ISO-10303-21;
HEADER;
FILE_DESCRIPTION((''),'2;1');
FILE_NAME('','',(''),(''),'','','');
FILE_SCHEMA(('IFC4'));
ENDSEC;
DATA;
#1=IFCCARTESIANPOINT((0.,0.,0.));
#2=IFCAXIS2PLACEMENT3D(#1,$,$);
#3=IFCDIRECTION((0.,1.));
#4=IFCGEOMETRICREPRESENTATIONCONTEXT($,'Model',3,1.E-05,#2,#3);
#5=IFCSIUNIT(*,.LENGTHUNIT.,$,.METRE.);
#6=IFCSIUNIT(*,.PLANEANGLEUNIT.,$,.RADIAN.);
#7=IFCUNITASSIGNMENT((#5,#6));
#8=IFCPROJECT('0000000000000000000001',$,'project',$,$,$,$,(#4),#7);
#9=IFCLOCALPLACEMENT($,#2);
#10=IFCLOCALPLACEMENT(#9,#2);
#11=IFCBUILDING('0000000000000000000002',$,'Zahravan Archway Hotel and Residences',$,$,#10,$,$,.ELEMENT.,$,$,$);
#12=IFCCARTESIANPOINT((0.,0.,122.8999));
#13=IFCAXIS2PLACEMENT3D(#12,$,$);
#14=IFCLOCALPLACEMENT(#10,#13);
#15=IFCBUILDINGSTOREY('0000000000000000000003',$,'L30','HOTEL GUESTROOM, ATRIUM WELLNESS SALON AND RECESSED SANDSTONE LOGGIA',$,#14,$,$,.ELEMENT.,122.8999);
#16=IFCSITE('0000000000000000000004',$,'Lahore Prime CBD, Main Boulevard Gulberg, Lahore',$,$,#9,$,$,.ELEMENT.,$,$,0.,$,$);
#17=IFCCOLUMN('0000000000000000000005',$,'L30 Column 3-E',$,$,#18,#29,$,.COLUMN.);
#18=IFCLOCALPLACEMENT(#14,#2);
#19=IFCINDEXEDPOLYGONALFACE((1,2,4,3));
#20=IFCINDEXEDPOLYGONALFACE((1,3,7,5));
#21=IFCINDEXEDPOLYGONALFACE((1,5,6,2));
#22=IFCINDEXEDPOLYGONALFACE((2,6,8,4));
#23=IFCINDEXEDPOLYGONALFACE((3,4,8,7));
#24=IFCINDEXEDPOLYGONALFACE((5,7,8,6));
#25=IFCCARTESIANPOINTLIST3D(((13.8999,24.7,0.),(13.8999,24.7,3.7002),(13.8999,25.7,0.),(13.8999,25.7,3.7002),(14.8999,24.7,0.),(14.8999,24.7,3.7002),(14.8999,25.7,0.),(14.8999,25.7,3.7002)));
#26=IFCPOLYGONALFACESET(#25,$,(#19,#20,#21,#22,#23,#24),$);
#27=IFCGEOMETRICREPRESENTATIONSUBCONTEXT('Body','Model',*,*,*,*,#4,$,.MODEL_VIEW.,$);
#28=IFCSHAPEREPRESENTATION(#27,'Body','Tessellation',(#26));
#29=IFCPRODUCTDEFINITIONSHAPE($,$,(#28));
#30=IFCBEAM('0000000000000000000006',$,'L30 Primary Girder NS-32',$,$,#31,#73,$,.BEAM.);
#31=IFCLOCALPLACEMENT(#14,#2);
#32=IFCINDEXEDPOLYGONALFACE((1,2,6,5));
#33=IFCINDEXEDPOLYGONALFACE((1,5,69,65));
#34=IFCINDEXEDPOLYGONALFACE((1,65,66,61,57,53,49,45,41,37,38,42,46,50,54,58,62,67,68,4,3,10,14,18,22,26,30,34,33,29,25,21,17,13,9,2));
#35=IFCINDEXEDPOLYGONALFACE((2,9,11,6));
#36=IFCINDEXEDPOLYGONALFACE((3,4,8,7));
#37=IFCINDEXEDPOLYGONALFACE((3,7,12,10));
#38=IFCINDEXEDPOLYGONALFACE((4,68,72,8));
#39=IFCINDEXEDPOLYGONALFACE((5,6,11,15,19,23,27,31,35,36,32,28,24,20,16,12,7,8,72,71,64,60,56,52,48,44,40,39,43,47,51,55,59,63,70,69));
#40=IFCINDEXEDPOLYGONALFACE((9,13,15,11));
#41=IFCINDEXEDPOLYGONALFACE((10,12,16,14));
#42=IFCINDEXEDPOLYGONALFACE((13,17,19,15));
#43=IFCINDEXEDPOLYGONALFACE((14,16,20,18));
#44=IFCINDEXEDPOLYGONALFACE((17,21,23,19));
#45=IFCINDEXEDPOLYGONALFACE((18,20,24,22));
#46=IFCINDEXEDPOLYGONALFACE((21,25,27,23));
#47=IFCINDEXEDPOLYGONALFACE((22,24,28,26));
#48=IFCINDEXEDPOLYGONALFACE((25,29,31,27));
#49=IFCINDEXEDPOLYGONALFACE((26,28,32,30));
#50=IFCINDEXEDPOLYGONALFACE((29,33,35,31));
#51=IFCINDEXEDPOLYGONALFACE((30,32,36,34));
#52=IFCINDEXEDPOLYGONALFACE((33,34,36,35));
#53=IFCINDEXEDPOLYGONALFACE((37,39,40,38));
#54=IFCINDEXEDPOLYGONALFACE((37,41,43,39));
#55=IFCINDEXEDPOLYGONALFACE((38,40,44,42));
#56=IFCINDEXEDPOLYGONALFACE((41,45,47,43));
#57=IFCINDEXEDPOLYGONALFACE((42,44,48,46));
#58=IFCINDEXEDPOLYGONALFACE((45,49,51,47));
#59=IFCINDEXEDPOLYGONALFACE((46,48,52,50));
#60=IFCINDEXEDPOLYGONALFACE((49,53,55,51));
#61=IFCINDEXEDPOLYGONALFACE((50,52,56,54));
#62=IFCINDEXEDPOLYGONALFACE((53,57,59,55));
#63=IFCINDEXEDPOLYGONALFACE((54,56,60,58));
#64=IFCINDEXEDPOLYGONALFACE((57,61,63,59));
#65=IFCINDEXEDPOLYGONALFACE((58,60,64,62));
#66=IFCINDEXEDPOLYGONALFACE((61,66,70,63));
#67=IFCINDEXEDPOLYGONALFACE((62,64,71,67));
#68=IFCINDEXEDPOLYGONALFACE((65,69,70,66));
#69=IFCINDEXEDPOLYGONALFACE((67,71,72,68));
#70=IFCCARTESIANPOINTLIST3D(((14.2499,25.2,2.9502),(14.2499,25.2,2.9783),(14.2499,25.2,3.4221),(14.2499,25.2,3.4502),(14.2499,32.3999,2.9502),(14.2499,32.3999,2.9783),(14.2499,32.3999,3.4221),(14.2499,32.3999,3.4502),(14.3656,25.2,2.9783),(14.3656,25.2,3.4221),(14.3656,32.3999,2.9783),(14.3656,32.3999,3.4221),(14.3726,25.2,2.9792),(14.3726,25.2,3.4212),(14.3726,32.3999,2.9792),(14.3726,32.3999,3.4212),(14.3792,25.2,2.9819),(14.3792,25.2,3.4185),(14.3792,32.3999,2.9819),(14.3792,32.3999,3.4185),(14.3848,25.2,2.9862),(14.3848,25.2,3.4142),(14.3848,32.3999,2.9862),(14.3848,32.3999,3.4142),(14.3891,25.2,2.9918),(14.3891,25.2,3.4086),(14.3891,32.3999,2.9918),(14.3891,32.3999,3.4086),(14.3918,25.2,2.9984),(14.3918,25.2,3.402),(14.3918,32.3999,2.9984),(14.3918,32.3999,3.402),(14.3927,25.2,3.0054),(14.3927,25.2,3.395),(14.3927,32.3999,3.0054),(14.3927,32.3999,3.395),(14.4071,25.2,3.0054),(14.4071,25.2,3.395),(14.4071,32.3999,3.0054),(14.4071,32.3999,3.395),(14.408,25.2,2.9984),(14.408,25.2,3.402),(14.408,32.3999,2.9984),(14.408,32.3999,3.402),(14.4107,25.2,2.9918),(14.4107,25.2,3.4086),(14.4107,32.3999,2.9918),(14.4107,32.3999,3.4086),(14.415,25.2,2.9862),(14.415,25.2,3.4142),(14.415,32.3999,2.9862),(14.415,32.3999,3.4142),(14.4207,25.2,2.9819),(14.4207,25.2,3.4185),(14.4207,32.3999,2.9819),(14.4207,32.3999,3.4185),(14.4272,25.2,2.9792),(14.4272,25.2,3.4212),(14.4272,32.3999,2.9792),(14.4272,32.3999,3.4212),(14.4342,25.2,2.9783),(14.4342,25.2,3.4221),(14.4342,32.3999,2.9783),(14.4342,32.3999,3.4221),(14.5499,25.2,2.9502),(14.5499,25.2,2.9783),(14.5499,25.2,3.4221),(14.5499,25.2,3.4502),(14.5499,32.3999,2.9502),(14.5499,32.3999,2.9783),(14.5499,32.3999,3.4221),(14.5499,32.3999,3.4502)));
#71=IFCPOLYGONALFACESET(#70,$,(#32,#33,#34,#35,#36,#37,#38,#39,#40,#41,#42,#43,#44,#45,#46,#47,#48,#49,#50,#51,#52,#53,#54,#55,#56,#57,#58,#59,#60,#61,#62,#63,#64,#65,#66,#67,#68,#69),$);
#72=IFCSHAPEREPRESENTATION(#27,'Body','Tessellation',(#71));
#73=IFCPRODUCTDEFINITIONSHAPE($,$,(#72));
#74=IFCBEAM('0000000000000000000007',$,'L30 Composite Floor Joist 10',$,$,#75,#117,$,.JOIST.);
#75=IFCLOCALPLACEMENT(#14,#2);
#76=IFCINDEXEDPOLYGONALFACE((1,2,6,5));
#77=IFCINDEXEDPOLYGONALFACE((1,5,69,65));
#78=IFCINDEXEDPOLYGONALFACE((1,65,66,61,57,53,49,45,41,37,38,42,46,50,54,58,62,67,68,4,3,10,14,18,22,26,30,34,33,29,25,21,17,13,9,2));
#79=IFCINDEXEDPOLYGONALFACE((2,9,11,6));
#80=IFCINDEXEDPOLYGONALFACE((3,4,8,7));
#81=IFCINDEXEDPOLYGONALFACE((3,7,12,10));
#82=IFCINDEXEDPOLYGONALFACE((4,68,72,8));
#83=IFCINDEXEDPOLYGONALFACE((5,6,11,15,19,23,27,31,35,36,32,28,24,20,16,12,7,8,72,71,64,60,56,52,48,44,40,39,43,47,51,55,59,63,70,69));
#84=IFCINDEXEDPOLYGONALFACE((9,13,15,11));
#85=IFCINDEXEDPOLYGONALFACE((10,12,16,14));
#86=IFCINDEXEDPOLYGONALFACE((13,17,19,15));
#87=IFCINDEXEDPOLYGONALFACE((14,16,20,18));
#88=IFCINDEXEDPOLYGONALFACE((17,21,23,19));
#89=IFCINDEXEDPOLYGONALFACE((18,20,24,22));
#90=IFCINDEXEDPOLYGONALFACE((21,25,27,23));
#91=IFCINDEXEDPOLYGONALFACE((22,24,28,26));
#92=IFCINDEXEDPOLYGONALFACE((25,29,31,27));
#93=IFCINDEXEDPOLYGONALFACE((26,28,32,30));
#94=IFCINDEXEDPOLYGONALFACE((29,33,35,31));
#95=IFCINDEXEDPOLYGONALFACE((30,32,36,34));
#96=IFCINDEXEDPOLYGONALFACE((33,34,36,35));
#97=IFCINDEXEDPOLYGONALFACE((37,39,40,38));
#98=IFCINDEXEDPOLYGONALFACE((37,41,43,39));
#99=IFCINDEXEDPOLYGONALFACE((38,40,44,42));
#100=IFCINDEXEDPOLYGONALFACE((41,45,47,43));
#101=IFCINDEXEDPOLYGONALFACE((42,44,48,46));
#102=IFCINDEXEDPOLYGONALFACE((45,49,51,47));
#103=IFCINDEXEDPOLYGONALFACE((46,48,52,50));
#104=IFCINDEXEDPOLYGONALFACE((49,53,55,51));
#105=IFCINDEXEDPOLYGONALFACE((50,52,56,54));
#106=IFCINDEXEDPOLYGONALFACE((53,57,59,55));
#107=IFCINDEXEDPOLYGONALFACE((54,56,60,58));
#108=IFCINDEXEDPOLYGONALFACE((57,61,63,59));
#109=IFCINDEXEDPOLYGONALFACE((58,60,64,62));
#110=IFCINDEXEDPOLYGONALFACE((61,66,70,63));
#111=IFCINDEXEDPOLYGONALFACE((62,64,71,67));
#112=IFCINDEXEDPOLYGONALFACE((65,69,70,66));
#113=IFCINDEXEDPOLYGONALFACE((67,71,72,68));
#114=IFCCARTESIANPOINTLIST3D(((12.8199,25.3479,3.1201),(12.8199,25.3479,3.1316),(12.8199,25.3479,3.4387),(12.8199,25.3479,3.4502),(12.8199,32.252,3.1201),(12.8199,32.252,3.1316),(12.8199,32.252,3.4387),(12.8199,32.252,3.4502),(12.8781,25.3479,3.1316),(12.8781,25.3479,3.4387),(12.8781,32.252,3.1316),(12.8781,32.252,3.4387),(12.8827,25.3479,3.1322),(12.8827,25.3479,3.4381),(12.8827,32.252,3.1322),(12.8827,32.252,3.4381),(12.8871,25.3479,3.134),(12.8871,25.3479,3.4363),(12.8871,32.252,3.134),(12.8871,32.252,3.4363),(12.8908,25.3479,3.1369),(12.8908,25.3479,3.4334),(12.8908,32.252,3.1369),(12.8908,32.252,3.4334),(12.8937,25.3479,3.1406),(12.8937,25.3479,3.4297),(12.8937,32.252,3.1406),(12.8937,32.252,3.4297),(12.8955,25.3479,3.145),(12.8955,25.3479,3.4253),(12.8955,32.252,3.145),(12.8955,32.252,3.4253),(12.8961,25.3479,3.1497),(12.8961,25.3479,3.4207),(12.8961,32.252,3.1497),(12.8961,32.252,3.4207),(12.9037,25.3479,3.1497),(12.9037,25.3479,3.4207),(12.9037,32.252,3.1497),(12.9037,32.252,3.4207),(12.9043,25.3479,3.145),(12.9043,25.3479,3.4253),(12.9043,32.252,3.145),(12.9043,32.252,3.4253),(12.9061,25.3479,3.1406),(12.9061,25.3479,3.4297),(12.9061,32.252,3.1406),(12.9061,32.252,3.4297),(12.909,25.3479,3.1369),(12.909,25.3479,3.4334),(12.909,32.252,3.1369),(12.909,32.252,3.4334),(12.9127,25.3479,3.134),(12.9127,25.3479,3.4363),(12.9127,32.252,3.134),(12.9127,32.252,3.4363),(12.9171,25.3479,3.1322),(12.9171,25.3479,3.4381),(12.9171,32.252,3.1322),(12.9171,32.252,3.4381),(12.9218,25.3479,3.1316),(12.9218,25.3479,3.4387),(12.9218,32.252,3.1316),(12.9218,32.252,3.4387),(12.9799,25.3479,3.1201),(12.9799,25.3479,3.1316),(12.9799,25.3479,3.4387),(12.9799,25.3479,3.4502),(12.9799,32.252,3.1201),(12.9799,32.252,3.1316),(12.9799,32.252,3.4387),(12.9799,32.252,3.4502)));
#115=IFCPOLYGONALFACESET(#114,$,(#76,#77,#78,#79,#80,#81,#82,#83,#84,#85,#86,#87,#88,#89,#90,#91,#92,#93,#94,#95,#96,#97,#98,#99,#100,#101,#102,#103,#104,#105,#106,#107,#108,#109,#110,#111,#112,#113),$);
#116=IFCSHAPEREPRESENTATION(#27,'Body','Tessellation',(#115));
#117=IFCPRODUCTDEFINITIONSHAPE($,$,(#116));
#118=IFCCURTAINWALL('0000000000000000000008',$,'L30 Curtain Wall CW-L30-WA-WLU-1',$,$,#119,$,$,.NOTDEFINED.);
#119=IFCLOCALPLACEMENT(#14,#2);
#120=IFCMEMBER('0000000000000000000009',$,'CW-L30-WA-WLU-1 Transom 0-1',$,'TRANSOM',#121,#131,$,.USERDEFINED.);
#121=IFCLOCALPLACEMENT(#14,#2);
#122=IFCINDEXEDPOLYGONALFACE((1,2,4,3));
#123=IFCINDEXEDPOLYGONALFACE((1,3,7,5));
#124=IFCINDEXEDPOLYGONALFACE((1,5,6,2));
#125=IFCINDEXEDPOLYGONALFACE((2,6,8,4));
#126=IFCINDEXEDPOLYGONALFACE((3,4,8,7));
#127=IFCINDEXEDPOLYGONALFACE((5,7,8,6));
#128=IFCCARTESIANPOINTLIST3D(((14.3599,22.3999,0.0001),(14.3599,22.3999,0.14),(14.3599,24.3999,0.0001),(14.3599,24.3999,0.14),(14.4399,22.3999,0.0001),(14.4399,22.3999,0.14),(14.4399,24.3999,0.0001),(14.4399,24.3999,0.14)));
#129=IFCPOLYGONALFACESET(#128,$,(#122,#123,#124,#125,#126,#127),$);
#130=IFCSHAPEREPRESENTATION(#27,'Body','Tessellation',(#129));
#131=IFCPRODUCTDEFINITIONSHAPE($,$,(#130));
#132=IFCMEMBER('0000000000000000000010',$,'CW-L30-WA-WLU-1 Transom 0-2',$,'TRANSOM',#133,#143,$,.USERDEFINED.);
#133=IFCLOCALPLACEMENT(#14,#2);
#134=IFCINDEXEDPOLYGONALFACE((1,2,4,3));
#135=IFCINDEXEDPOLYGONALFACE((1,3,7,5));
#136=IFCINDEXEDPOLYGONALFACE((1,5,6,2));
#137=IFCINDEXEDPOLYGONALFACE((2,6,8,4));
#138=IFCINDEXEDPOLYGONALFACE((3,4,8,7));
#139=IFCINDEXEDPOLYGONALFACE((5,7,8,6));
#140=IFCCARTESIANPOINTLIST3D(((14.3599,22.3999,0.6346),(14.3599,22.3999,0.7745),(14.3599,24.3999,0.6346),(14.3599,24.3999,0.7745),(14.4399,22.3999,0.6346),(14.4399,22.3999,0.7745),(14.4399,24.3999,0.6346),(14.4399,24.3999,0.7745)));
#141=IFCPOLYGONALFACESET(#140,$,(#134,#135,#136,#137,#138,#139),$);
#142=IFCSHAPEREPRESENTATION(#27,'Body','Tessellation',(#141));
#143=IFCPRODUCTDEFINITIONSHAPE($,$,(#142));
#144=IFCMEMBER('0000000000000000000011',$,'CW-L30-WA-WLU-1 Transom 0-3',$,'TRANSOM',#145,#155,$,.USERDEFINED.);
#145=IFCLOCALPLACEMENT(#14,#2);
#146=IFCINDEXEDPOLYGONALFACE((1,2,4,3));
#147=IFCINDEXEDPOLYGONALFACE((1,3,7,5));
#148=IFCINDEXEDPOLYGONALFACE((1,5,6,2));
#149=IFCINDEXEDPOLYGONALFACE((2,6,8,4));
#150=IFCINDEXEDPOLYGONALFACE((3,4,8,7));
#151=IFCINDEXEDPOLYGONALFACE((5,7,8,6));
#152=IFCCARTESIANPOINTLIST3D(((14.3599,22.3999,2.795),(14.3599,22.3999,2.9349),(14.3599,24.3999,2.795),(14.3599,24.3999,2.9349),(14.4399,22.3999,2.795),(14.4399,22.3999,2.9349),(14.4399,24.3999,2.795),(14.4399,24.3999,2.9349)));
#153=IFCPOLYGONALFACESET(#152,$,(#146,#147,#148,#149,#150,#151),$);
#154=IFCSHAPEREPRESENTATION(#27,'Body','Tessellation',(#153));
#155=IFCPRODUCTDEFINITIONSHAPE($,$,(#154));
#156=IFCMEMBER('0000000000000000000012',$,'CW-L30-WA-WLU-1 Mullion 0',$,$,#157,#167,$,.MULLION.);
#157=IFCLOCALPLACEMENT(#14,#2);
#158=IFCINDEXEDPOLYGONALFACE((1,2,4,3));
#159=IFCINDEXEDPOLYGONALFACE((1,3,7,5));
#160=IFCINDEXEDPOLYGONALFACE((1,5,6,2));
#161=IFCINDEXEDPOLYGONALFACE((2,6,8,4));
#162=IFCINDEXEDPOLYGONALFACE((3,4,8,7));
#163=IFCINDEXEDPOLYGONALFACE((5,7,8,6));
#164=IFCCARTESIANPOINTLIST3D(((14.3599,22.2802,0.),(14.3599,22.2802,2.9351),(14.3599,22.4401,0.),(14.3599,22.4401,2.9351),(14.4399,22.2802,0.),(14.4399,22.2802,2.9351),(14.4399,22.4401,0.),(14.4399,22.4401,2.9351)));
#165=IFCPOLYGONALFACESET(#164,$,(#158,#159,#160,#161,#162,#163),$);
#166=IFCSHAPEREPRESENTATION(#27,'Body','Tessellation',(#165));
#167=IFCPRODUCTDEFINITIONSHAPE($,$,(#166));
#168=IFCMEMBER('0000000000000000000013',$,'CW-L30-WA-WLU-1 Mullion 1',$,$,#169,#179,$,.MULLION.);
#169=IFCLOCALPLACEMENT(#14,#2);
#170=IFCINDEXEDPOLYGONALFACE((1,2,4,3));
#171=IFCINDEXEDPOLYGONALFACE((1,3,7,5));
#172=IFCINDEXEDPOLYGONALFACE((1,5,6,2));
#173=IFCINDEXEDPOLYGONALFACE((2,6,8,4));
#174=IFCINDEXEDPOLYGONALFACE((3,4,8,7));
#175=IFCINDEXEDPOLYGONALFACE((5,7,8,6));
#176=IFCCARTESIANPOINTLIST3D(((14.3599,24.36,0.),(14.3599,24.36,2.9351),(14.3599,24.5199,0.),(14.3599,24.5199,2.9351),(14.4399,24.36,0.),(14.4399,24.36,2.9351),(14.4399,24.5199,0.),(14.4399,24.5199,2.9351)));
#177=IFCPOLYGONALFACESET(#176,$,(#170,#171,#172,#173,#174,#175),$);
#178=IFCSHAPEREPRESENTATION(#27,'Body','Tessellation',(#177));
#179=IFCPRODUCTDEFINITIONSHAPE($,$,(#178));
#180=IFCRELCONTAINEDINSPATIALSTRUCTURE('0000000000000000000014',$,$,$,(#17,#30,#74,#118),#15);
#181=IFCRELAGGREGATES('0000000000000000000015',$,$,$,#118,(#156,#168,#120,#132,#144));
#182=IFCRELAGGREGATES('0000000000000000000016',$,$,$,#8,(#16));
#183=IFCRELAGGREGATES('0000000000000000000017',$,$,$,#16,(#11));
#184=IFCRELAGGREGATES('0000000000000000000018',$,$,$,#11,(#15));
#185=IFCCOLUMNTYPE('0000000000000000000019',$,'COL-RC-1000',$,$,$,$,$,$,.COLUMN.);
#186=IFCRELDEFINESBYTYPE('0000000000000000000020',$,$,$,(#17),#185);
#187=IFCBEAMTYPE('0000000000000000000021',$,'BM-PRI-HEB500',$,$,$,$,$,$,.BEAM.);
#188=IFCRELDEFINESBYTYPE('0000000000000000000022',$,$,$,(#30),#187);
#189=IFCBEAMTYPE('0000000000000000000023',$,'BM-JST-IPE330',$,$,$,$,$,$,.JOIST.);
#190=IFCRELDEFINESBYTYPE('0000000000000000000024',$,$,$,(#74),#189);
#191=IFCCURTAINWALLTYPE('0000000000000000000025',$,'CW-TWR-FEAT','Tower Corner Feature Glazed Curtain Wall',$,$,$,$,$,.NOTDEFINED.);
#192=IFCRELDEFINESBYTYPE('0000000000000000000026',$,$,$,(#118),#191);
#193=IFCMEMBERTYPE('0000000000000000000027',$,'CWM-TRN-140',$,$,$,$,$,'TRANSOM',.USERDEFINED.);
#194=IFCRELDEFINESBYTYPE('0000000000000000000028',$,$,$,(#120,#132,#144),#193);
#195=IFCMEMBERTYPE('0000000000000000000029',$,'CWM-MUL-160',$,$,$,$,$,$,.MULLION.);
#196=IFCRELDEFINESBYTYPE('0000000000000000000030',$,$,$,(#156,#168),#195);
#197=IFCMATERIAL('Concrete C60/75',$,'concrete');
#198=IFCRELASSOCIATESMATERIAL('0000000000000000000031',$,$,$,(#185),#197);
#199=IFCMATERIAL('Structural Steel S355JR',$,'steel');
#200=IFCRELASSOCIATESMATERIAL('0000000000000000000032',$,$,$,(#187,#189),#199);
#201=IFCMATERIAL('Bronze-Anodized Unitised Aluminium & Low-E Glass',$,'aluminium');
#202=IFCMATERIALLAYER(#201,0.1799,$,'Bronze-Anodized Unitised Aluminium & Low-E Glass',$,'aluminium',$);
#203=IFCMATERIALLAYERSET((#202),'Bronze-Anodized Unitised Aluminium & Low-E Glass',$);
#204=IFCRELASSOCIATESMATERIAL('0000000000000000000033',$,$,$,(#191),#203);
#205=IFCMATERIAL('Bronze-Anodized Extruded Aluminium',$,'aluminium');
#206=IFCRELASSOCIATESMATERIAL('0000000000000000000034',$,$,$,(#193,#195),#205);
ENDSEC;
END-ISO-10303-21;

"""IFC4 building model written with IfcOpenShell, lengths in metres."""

from ifc_helpers import new_model, si_unit, direction, frame, origin, origin_2d, place, context, subcontext, project, spatial, rectangle, i_section, extrude, source, transform, mapped, material, layer, layer_set, material_profile, profile_set, type_object, type_shapes, element, aggregate, save


model = new_model("IFC4")

# Units and contexts
model_context = context("Model", 3, precision=1e-05, world=origin(), true_north=direction((0.0, 1.0)))
body_context = subcontext(model_context, "Body", "Model", "MODEL_VIEW")
ifc_project = project(units=[si_unit("LENGTHUNIT", "METRE"), si_unit("PLANEANGLEUNIT", "RADIAN")], contexts=[model_context])

# Site, building, storey
site_placement = place(None, origin())
site = spatial("IfcSite", under=ifc_project, at=site_placement, Name="Lahore Prime CBD, Main Boulevard Gulberg, Lahore", CompositionType="ELEMENT", RefElevation=0.0)
building_placement = place(site_placement, origin())
building = spatial("IfcBuilding", under=site, at=building_placement, Name="Zahravan Archway Hotel and Residences", CompositionType="ELEMENT")
storey_placement = place(building_placement, frame((0.0, 0.0, 122.8999)))
storey = spatial("IfcBuildingStorey", under=building, at=storey_placement, Name="L30", Description="HOTEL GUESTROOM, ATRIUM WELLNESS SALON AND RECESSED SANDSTONE LOGGIA", CompositionType="ELEMENT", Elevation=122.8999)

# Column
ifc_material_1 = material(Name="Concrete C60/75", Category="concrete")
ifc_material_profile_1 = material_profile(ifc_material_1, rectangle(XDim=1.0, YDim=1.0, at=origin_2d()), Name="RC-COL-1000x1000", Category="concrete")
ifc_profile_set_1 = profile_set([ifc_material_profile_1], Name="Concrete C60/75")
column_type = type_object("IfcColumnType", Name="COL-RC-1000", PredefinedType="COLUMN", material=ifc_profile_set_1)
shared_shape_1 = source(origin(), body_context, "Body", "SweptSolid", [
    extrude(rectangle(XDim=1.0, YDim=1.0, at=origin_2d()), origin(), (0.0, 0.0, 1.0), 3.7002),
])
column_placement = place(storey_placement, frame((14.3999, 25.2, 0.0), z_axis=(0.0, 0.0, 1.0), x_axis=(1.0, 0.0, 0.0)))
element("IfcColumn", 1, at=column_placement, inside=storey, type_object=column_type, Name="L30 Column 3-E", PredefinedType="COLUMN", context=body_context, shape_type="MappedRepresentation", body=[
    mapped(shared_shape_1, transform((0.0, 0.0, 0.0), scale=1.0)),
])

# Beams
ifc_material_2 = material(Name="Structural Steel S355JR", Category="steel")
ifc_material_profile_2 = material_profile(ifc_material_2, i_section(OverallWidth=0.3, OverallDepth=0.5, WebThickness=0.0144, FlangeThickness=0.0281, FilletRadius=0.0271, at=origin_2d()), Name="HEB 500", Category="steel")
ifc_profile_set_2 = profile_set([ifc_material_profile_2], Name="Structural Steel S355JR")
beam_type_1 = type_object("IfcBeamType", Name="BM-PRI-HEB500", PredefinedType="BEAM", material=ifc_profile_set_2)
shared_shape_2 = source(origin(), body_context, "Body", "SweptSolid", [
    extrude(i_section(OverallWidth=0.3, OverallDepth=0.5, WebThickness=0.0144, FlangeThickness=0.0281, FilletRadius=0.0271, at=origin_2d()), origin(), (0.0, 0.0, 1.0), 7.2),
])
beam_1_placement = place(storey_placement, frame((14.3999, 25.2, 3.2002), z_axis=(0.0, 1.0, 0.0), x_axis=(-1.0, 0.0, 0.0)))
element("IfcBeam", 2, at=beam_1_placement, inside=storey, type_object=beam_type_1, Name="L30 Primary Girder NS-32", PredefinedType="BEAM", context=body_context, shape_type="MappedRepresentation", body=[
    mapped(shared_shape_2, transform((0.0, 0.0, 0.0), scale=1.0)),
])
ifc_material_profile_3 = material_profile(ifc_material_2, i_section(OverallWidth=0.1599, OverallDepth=0.3301, WebThickness=0.0076, FlangeThickness=0.0115, FilletRadius=0.0181, at=origin_2d()), Name="IPE 330", Category="steel")
ifc_profile_set_3 = profile_set([ifc_material_profile_3], Name="Structural Steel S355JR")
beam_type_2 = type_object("IfcBeamType", Name="BM-JST-IPE330", PredefinedType="JOIST", material=ifc_profile_set_3)
shared_shape_3 = source(origin(), body_context, "Body", "SweptSolid", [
    extrude(i_section(OverallWidth=0.1599, OverallDepth=0.3301, WebThickness=0.0076, FlangeThickness=0.0115, FilletRadius=0.0181, at=origin_2d()), origin(), (0.0, 0.0, 1.0), 6.9041),
])
type_shapes(beam_type_2, [shared_shape_3])
beam_2_placement = place(storey_placement, frame((12.8999, 25.3479, 3.2852), z_axis=(0.0, 1.0, 0.0), x_axis=(-1.0, 0.0, 0.0)))
element("IfcBeam", 3, at=beam_2_placement, inside=storey, type_object=beam_type_2, Name="L30 Composite Floor Joist 10", PredefinedType="JOIST", context=body_context, shape_type="MappedRepresentation", body=[
    mapped(shared_shape_3, transform((0.0, 0.0, 0.0), scale=1.0)),
])

# Curtain wall, members
ifc_material_3 = material(Name="Bronze-Anodized Unitised Aluminium & Low-E Glass", Category="aluminium")
ifc_layer_1 = layer(ifc_material_3, 0.1799, Name="Bronze-Anodized Unitised Aluminium & Low-E Glass", Category="aluminium")
ifc_layer_set_1 = layer_set([ifc_layer_1], Name="Bronze-Anodized Unitised Aluminium & Low-E Glass")
curtain_wall_type = type_object("IfcCurtainWallType", Name="CW-TWR-FEAT", Description="Tower Corner Feature Glazed Curtain Wall", PredefinedType="NOTDEFINED", material=ifc_layer_set_1)
curtain_wall_1_placement = place(storey_placement, origin())
curtain_wall_1 = element("IfcCurtainWall", 4, at=curtain_wall_1_placement, inside=storey, type_object=curtain_wall_type, Name="L30 Curtain Wall CW-L30-WA-WLU-1", PredefinedType="NOTDEFINED")
ifc_material_4 = material(Name="Bronze-Anodized Extruded Aluminium", Category="aluminium")
ifc_material_profile_4 = material_profile(ifc_material_4, rectangle(XDim=0.0801, YDim=0.1399, at=origin_2d()), Name="TRN 80x140", Category="aluminium")
ifc_profile_set_4 = profile_set([ifc_material_profile_4], Name="Bronze-Anodized Extruded Aluminium")
member_type_1 = type_object("IfcMemberType", Name="CWM-TRN-140", ElementType="TRANSOM", PredefinedType="USERDEFINED", material=ifc_profile_set_4)
shared_shape_4 = source(origin(), body_context, "Body", "SweptSolid", [
    extrude(rectangle(XDim=0.0801, YDim=0.1399, at=origin_2d()), origin(), (0.0, 0.0, 1.0), 2.0),
])
member_1_placement = place(storey_placement, frame((14.3999, 22.3999, 0.0701), z_axis=(0.0, 1.0, 0.0), x_axis=(-1.0, 0.0, 0.0)))
member_1 = element("IfcMember", 5, at=member_1_placement, type_object=member_type_1, Name="CW-L30-WA-WLU-1 Transom 0-1", ObjectType="TRANSOM", PredefinedType="USERDEFINED", context=body_context, shape_type="MappedRepresentation", body=[
    mapped(shared_shape_4, transform((0.0, 0.0, 0.0), scale=1.0)),
])
member_2_placement = place(storey_placement, frame((14.3999, 22.3999, 0.7046), z_axis=(0.0, 1.0, 0.0), x_axis=(-1.0, 0.0, 0.0)))
member_2 = element("IfcMember", 6, at=member_2_placement, type_object=member_type_1, Name="CW-L30-WA-WLU-1 Transom 0-2", ObjectType="TRANSOM", PredefinedType="USERDEFINED", context=body_context, shape_type="MappedRepresentation", body=[
    mapped(shared_shape_4, transform((0.0, 0.0, 0.0), scale=1.0)),
])
member_3_placement = place(storey_placement, frame((14.3999, 22.3999, 2.865), z_axis=(0.0, 1.0, 0.0), x_axis=(-1.0, 0.0, 0.0)))
member_3 = element("IfcMember", 7, at=member_3_placement, type_object=member_type_1, Name="CW-L30-WA-WLU-1 Transom 0-3", ObjectType="TRANSOM", PredefinedType="USERDEFINED", context=body_context, shape_type="MappedRepresentation", body=[
    mapped(shared_shape_4, transform((0.0, 0.0, 0.0), scale=1.0)),
])
ifc_material_profile_5 = material_profile(ifc_material_4, rectangle(XDim=0.0801, YDim=0.1599, at=origin_2d()), Name="MUL 80x160", Category="aluminium")
ifc_profile_set_5 = profile_set([ifc_material_profile_5], Name="Bronze-Anodized Extruded Aluminium")
member_type_2 = type_object("IfcMemberType", Name="CWM-MUL-160", PredefinedType="MULLION", material=ifc_profile_set_5)
shared_shape_5 = source(origin(), body_context, "Body", "SweptSolid", [
    extrude(rectangle(XDim=0.0801, YDim=0.1599, at=origin_2d()), origin(), (0.0, 0.0, 1.0), 2.9351),
])
member_4_placement = place(storey_placement, frame((14.3999, 22.3601, 0.0), z_axis=(0.0, 0.0, 1.0), x_axis=(1.0, 0.0, 0.0)))
member_4 = element("IfcMember", 8, at=member_4_placement, type_object=member_type_2, Name="CW-L30-WA-WLU-1 Mullion 0", PredefinedType="MULLION", context=body_context, shape_type="MappedRepresentation", body=[
    mapped(shared_shape_5, transform((0.0, 0.0, 0.0), scale=1.0)),
])
member_5_placement = place(storey_placement, frame((14.3999, 24.4399, 0.0), z_axis=(0.0, 0.0, 1.0), x_axis=(1.0, 0.0, 0.0)))
member_5 = element("IfcMember", 9, at=member_5_placement, type_object=member_type_2, Name="CW-L30-WA-WLU-1 Mullion 1", PredefinedType="MULLION", context=body_context, shape_type="MappedRepresentation", body=[
    mapped(shared_shape_5, transform((0.0, 0.0, 0.0), scale=1.0)),
])

aggregate(curtain_wall_1, [member_4, member_5, member_1, member_2, member_3])

save(model, "model.ifc")
